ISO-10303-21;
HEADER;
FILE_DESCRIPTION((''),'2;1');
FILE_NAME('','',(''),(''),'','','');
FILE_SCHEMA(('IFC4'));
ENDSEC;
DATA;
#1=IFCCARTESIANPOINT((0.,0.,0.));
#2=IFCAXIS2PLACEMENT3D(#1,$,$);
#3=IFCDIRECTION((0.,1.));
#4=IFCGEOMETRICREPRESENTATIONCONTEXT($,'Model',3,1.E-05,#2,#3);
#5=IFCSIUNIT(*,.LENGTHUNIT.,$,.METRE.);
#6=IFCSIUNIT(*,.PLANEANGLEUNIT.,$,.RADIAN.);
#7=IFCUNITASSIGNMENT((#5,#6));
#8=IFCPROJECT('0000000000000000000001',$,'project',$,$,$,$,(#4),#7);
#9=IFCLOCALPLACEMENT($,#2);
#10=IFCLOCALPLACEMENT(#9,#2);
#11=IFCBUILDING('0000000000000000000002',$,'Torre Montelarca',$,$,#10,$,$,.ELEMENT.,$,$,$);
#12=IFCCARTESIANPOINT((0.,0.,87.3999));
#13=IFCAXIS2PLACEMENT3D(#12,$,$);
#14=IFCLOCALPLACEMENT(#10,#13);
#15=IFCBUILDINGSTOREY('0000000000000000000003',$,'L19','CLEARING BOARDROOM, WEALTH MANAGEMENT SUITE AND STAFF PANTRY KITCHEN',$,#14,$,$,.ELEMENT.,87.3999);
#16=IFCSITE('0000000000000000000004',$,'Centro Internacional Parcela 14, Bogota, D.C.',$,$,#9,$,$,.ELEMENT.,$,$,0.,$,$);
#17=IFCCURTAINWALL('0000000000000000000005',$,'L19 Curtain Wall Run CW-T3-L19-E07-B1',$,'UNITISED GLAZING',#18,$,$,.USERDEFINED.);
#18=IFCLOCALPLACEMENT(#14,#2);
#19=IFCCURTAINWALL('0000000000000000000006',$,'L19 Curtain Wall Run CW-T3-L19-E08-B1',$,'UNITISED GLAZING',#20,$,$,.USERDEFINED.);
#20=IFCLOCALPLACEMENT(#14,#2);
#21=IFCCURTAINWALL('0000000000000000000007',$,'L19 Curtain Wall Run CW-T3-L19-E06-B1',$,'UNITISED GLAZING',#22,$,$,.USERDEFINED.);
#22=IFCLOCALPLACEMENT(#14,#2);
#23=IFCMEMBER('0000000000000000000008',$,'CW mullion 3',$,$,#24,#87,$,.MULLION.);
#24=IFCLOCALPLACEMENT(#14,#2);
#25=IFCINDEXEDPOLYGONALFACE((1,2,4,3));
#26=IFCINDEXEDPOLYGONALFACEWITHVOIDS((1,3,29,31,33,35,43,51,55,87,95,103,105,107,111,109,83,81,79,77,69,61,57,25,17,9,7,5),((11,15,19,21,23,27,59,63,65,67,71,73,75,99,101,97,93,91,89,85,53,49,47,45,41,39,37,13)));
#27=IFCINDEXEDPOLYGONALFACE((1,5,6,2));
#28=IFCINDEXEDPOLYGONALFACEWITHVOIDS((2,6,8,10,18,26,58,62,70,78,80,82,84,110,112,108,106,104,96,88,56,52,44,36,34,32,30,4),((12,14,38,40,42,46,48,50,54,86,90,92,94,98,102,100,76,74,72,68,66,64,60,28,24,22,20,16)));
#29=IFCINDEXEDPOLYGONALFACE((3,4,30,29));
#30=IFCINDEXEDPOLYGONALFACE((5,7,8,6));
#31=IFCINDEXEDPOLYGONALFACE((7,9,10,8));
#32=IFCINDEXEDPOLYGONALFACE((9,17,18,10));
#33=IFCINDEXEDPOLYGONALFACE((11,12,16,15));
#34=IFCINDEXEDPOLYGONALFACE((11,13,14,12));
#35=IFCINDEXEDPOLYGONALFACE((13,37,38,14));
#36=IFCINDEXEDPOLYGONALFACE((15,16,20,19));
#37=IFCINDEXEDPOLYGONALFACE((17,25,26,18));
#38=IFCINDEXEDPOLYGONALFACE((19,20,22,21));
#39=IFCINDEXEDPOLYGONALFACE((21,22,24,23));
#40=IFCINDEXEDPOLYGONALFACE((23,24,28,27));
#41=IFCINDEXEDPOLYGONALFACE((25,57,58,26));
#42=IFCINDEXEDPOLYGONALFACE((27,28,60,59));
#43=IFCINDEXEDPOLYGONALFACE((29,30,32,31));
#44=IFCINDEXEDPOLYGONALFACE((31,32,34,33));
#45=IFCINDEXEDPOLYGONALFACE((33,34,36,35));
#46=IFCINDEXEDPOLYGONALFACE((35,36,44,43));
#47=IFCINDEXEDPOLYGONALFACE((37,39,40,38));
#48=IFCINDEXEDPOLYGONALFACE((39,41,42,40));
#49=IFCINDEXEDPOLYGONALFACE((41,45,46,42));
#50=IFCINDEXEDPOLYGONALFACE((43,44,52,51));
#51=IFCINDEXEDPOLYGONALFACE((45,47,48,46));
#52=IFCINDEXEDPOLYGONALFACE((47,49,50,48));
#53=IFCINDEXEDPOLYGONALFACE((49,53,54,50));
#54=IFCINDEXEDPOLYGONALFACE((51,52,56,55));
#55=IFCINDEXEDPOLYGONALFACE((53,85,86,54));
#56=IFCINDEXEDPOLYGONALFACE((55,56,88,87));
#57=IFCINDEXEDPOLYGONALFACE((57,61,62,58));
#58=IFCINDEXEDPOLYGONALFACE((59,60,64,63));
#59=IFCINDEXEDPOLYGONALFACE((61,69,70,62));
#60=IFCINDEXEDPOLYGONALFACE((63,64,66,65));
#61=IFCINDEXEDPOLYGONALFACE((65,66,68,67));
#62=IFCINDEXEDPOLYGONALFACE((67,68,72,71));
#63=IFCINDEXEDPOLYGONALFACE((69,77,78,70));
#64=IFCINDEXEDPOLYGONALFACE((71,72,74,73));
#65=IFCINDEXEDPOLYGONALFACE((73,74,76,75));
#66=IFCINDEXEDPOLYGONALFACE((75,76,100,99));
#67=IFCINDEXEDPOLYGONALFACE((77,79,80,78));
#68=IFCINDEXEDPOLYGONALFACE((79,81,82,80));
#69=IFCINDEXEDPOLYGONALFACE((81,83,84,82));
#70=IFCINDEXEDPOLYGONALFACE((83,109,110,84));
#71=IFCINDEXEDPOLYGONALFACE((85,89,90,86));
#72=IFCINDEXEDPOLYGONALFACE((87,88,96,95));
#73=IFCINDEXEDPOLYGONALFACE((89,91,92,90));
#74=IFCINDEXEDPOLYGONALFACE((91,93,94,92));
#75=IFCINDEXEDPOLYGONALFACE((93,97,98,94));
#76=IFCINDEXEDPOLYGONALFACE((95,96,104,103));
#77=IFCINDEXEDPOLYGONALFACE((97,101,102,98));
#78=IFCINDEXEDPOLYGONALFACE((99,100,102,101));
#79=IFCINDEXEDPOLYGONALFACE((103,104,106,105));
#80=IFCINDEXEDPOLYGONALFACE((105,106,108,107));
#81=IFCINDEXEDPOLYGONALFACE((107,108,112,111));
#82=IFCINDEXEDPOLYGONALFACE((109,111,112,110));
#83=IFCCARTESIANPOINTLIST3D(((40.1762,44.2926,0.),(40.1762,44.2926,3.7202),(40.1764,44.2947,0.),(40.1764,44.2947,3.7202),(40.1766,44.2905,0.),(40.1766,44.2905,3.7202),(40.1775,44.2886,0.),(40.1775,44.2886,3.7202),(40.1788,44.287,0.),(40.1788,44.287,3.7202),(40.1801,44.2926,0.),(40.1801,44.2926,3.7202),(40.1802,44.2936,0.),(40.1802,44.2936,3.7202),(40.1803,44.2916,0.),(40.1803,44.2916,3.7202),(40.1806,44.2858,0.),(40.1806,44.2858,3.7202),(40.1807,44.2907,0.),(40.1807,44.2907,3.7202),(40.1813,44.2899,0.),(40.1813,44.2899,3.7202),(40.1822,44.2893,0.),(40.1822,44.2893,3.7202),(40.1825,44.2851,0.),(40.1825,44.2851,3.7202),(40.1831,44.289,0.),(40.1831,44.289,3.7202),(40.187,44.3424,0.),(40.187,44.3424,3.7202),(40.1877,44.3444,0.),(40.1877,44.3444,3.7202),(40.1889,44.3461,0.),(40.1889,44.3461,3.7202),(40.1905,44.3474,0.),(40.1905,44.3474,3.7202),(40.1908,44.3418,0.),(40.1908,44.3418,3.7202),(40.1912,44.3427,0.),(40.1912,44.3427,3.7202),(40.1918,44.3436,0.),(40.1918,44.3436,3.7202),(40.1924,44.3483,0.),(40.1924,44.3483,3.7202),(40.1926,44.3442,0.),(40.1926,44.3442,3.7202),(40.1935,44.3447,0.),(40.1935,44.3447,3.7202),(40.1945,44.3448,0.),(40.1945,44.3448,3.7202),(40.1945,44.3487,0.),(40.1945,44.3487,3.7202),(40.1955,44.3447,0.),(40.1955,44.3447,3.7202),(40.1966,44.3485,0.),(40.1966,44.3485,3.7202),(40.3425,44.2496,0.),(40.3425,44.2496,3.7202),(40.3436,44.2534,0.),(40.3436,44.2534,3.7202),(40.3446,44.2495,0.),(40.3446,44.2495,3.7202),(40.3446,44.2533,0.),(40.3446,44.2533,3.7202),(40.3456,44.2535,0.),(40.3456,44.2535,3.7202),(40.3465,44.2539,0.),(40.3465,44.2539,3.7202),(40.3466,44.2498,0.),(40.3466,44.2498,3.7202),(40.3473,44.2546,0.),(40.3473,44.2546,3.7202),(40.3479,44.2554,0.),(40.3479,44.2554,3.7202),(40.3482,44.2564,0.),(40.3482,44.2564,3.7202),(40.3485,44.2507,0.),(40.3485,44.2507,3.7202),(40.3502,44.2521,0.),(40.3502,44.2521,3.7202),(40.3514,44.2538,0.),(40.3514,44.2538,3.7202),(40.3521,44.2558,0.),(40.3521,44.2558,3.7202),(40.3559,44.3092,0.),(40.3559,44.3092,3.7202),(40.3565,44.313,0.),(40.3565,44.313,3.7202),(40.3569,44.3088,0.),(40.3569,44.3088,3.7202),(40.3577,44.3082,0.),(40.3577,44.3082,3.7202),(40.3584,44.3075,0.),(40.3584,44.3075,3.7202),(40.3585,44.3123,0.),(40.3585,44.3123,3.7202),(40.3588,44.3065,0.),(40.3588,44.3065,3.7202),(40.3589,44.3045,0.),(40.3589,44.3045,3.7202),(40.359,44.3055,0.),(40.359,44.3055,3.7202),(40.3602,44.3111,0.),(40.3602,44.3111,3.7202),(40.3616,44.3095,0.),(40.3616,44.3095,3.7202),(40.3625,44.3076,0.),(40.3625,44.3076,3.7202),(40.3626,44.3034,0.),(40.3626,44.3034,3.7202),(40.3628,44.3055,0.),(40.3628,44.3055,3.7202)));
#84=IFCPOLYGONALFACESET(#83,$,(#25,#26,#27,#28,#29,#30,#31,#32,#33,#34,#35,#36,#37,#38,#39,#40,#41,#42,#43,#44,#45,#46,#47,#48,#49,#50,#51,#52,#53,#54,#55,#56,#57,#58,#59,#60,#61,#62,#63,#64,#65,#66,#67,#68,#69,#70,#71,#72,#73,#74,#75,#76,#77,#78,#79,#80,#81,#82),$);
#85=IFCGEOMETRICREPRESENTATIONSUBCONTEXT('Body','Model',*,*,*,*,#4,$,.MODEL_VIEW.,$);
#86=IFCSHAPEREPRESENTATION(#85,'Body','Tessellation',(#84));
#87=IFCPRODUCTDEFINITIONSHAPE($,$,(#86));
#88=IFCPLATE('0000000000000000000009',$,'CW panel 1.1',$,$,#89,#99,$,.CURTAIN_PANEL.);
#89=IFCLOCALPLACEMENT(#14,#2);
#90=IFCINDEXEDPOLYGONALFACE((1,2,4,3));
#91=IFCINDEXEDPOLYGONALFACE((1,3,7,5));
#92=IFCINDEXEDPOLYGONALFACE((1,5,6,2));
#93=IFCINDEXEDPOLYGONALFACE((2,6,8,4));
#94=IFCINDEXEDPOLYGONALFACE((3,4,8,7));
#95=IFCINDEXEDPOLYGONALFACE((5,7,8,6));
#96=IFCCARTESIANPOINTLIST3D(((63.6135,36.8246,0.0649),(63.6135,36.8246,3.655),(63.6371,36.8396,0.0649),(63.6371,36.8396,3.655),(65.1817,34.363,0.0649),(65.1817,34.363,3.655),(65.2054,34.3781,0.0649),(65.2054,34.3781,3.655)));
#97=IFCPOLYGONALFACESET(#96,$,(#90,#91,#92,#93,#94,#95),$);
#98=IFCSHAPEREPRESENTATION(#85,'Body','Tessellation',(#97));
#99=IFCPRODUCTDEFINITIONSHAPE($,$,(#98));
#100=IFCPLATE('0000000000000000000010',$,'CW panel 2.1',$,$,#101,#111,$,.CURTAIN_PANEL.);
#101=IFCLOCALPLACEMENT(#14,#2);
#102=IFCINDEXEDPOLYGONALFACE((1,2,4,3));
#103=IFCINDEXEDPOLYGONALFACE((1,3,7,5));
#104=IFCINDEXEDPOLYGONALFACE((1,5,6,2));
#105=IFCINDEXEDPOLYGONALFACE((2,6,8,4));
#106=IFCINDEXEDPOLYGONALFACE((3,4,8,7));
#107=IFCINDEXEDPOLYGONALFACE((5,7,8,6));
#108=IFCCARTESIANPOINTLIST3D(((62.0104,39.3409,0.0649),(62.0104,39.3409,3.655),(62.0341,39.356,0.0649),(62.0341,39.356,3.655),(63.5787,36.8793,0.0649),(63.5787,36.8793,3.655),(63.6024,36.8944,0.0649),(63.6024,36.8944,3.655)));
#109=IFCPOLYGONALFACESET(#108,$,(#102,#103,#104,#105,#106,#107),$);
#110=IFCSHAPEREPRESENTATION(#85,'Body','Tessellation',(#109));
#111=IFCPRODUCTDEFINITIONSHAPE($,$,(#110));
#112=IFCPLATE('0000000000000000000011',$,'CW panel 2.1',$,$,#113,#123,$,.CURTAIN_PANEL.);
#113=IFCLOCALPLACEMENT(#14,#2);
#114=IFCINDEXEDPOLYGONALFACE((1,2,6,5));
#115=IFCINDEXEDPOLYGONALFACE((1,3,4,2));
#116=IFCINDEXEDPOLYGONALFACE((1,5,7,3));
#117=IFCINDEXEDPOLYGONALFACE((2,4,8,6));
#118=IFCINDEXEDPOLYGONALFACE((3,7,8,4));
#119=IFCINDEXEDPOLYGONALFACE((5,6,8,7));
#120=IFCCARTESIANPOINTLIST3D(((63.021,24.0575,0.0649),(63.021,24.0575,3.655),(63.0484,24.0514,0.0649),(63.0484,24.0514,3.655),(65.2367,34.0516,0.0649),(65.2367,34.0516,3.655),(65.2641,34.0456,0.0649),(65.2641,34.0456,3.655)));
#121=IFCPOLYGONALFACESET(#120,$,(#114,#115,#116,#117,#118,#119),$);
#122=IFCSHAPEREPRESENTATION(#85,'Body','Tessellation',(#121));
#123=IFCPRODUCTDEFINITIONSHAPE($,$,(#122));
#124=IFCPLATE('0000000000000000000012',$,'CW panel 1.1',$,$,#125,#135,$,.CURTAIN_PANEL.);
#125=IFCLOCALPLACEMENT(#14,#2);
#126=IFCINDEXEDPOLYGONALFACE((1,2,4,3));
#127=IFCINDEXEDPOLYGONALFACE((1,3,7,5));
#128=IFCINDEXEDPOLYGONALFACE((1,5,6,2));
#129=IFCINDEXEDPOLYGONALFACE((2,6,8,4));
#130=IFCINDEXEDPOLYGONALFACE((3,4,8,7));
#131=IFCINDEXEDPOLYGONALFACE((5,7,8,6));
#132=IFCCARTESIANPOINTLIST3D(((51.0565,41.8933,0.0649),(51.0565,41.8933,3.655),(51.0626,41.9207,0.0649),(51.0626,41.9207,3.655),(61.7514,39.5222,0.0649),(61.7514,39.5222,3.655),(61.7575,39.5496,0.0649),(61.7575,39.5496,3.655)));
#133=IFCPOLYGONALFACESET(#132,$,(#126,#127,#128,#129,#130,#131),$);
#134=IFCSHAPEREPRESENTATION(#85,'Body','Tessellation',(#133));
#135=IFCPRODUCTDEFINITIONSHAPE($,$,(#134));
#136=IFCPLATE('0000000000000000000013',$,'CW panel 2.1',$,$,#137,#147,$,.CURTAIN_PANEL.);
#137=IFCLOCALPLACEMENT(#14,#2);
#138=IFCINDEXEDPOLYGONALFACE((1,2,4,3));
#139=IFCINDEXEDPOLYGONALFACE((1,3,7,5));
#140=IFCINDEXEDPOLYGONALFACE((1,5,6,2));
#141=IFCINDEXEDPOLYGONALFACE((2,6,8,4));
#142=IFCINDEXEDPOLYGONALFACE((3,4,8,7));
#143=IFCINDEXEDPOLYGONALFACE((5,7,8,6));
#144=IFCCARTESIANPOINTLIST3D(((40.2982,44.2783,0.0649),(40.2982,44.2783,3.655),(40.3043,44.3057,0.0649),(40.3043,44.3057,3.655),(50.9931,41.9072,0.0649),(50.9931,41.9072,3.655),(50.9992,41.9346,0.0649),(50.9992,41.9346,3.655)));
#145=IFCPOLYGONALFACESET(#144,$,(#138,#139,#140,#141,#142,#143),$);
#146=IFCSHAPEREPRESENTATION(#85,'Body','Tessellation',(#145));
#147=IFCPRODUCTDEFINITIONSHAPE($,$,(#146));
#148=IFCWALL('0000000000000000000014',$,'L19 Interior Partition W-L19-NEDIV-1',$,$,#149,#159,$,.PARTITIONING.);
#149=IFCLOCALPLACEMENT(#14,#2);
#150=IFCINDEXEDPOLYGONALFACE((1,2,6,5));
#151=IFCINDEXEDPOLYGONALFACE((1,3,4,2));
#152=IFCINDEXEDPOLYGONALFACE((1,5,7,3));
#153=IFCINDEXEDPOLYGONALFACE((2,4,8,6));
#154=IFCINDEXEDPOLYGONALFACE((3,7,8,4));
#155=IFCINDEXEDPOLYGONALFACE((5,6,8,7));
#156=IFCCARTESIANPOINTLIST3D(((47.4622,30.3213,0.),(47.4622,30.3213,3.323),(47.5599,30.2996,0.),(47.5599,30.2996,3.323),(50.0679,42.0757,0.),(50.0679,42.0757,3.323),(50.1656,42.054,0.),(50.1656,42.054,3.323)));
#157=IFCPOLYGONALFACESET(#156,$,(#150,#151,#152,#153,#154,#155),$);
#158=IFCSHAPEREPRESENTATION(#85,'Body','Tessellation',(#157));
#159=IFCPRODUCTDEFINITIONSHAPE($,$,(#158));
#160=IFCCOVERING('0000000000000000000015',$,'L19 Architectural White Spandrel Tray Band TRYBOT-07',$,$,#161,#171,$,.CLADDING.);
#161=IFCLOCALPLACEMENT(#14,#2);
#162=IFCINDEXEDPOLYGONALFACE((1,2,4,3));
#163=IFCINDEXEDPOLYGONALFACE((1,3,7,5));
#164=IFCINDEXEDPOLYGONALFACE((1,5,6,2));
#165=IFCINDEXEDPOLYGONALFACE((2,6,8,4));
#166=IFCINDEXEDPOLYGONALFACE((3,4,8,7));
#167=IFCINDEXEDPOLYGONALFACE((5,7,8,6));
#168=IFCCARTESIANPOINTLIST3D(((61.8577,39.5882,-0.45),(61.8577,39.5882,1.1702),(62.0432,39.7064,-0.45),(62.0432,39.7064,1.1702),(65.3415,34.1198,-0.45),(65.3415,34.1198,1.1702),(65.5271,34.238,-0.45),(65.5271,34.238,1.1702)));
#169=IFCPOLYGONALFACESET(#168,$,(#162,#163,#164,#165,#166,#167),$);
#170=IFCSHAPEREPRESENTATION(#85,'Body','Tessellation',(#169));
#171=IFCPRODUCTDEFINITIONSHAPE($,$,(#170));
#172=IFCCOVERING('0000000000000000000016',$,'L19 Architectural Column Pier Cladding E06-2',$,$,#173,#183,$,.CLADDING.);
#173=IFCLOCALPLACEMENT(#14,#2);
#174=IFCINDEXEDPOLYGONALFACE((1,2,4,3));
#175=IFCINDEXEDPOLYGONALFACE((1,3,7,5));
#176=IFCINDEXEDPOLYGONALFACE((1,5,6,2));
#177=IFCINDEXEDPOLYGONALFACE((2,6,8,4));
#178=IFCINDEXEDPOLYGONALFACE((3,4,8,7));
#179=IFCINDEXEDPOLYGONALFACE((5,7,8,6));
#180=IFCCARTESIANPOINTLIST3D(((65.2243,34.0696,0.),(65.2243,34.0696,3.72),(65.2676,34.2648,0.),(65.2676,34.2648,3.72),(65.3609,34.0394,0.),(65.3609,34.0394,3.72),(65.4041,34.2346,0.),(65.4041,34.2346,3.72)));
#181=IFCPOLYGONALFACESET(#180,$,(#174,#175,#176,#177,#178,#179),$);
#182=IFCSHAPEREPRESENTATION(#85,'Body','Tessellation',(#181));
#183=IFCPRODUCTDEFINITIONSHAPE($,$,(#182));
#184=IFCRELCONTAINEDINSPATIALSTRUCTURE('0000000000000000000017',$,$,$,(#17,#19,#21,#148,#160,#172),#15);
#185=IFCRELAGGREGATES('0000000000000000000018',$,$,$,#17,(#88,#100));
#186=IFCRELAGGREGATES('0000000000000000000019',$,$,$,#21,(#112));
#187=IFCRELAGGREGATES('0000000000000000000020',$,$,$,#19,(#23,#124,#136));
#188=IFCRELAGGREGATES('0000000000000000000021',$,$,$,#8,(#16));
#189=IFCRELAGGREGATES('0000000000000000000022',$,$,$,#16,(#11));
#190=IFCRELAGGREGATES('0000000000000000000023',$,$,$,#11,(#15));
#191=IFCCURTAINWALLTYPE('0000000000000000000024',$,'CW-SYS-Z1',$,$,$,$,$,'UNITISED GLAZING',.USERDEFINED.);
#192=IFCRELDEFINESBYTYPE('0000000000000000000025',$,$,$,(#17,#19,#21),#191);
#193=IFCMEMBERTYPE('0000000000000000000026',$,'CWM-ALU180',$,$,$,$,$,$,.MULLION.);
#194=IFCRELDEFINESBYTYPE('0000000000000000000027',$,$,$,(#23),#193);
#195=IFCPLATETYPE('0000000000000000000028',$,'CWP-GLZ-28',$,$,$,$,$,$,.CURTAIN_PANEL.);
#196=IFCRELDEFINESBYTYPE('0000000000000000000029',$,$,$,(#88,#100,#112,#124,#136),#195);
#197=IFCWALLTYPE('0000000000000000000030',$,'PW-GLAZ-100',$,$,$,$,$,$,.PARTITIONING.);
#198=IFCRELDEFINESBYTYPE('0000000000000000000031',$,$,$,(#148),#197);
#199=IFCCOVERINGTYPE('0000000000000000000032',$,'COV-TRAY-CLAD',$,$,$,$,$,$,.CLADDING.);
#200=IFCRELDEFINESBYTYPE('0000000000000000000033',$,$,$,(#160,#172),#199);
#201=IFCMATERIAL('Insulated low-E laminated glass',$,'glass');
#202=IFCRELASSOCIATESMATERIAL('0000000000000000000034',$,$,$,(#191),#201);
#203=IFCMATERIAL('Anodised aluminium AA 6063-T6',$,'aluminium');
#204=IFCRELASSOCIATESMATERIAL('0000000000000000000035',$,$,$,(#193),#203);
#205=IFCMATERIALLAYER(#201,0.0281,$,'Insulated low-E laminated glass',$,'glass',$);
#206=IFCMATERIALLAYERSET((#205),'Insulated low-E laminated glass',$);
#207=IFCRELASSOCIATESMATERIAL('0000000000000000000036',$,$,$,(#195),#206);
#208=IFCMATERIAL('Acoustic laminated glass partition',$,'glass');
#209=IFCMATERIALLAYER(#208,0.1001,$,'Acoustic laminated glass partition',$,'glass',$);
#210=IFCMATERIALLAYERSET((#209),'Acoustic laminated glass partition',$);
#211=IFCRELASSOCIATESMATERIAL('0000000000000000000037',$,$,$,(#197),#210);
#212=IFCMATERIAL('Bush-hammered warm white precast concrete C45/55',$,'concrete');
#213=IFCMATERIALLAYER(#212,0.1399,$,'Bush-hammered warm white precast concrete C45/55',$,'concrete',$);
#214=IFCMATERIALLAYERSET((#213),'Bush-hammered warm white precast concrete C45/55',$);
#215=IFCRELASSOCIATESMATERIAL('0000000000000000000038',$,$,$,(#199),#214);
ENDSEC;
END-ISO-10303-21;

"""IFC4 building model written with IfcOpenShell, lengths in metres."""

from ifc_helpers import new_model, si_unit, direction, frame, frame_2d, origin, origin_2d, place, context, subcontext, project, spatial, rectangle, hollow_rectangle, extrude, source, transform, mapped, material, layer, layer_set, material_profile, profile_set, type_object, element, aggregate, save


model = new_model("IFC4")

# Units and contexts
model_context = context("Model", 3, precision=1e-05, world=origin(), true_north=direction((0.0, 1.0)))
body_context = subcontext(model_context, "Body", "Model", "MODEL_VIEW")
ifc_project = project(units=[si_unit("LENGTHUNIT", "METRE"), si_unit("PLANEANGLEUNIT", "RADIAN")], contexts=[model_context])

# Site, building, storey
site_placement = place(None, origin())
site = spatial("IfcSite", under=ifc_project, at=site_placement, Name="Centro Internacional Parcela 14, Bogota, D.C.", CompositionType="ELEMENT", RefElevation=0.0)
building_placement = place(site_placement, origin())
building = spatial("IfcBuilding", under=site, at=building_placement, Name="Torre Montelarca", CompositionType="ELEMENT")
storey_placement = place(building_placement, frame((0.0, 0.0, 87.3999)))
storey = spatial("IfcBuildingStorey", under=building, at=storey_placement, Name="L19", Description="CLEARING BOARDROOM, WEALTH MANAGEMENT SUITE AND STAFF PANTRY KITCHEN", CompositionType="ELEMENT", Elevation=87.3999)

# Curtain walls
ifc_material_1 = material(Name="Insulated low-E laminated glass", Category="glass")
curtain_wall_type = type_object("IfcCurtainWallType", Name="CW-SYS-Z1", ElementType="UNITISED GLAZING", PredefinedType="USERDEFINED", material=ifc_material_1)
curtain_wall_1_placement = place(storey_placement, origin())
curtain_wall_1 = element("IfcCurtainWall", 1, at=curtain_wall_1_placement, inside=storey, type_object=curtain_wall_type, Name="L19 Curtain Wall Run CW-T3-L19-E07-B1", ObjectType="UNITISED GLAZING", PredefinedType="USERDEFINED")
ifc_material_2 = material(Name="Anodised aluminium AA 6063-T6", Category="aluminium")
curtain_wall_2_placement = place(storey_placement, origin())
curtain_wall_2 = element("IfcCurtainWall", 2, at=curtain_wall_2_placement, inside=storey, type_object=curtain_wall_type, Name="L19 Curtain Wall Run CW-T3-L19-E08-B1", ObjectType="UNITISED GLAZING", PredefinedType="USERDEFINED")
curtain_wall_3_placement = place(storey_placement, origin())
curtain_wall_3 = element("IfcCurtainWall", 3, at=curtain_wall_3_placement, inside=storey, type_object=curtain_wall_type, Name="L19 Curtain Wall Run CW-T3-L19-E06-B1", ObjectType="UNITISED GLAZING", PredefinedType="USERDEFINED")
ifc_material_profile_1 = material_profile(ifc_material_2, hollow_rectangle(XDim=0.0649, YDim=0.1799, WallThickness=0.0039, InnerFilletRadius=0.0039, OuterFilletRadius=0.0081, at=origin_2d()), Name="ALU65X180X4", Category="aluminium")
ifc_profile_set_1 = profile_set([ifc_material_profile_1], Name="Anodised aluminium AA 6063-T6")
member_type_1 = type_object("IfcMemberType", Name="CWM-ALU180", PredefinedType="MULLION", material=ifc_profile_set_1)
shared_shape_1 = source(origin(), body_context, "Body", "SweptSolid", [
    extrude(hollow_rectangle(XDim=0.0649, YDim=0.1799, WallThickness=0.0039, InnerFilletRadius=0.0039, OuterFilletRadius=0.0081, at=origin_2d()), origin(), (0.0, 0.0, 1.0), 3.7202),
])

# Member
member_1_placement = place(storey_placement, frame((40.2695, 44.2991, 0.0), z_axis=(0.0, 0.0, 1.0), x_axis=(-0.216443, -0.976295, 0.0)))
member_1 = element("IfcMember", 4, at=member_1_placement, type_object=member_type_1, Name="CW mullion 3", PredefinedType="MULLION", context=body_context, shape_type="MappedRepresentation", body=[
    mapped(shared_shape_1, transform((0.0, 0.0, 0.0), scale=1.0)),
])

# Plates
ifc_layer_1 = layer(ifc_material_1, 0.0281, Name="Insulated low-E laminated glass", Category="glass")
ifc_layer_set_1 = layer_set([ifc_layer_1], Name="Insulated low-E laminated glass")
plate_type = type_object("IfcPlateType", Name="CWP-GLZ-28", PredefinedType="CURTAIN_PANEL", material=ifc_layer_set_1)
shared_shape_2 = source(origin(), body_context, "Body", "SweptSolid", [
    extrude(rectangle(XDim=2.9187, YDim=0.0281, at=origin_2d()), origin(), (0.0, 0.0, 1.0), 3.5901),
])
plate_1_placement = place(storey_placement, frame((64.4094, 35.6013, 0.0649), z_axis=(0.0, 0.0, 1.0), x_axis=(-0.537316, 0.843381, 0.0)))
plate_1 = element("IfcPlate", 5, at=plate_1_placement, type_object=plate_type, Name="CW panel 1.1", PredefinedType="CURTAIN_PANEL", context=body_context, shape_type="MappedRepresentation", body=[
    mapped(shared_shape_2, transform((0.0, 0.0, 0.0), scale=1.0)),
])
plate_2_placement = place(storey_placement, frame((62.8064, 38.1177, 0.0649), z_axis=(0.0, 0.0, 1.0), x_axis=(-0.537316, 0.843381, 0.0)))
plate_2 = element("IfcPlate", 6, at=plate_2_placement, type_object=plate_type, Name="CW panel 2.1", PredefinedType="CURTAIN_PANEL", context=body_context, shape_type="MappedRepresentation", body=[
    mapped(shared_shape_2, transform((0.0, 0.0, 0.0), scale=1.0)),
])
aggregate(curtain_wall_1, [plate_1, plate_2])
shared_shape_3 = source(origin(), body_context, "Body", "SweptSolid", [
    extrude(rectangle(XDim=10.2368, YDim=0.0281, at=origin_2d()), origin(), (0.0, 0.0, 1.0), 3.5901),
])
plate_3_placement = place(storey_placement, frame((64.1426, 29.0515, 0.0649), z_axis=(0.0, 0.0, 1.0), x_axis=(0.216441, 0.976296, 0.0)))
plate_3 = element("IfcPlate", 7, at=plate_3_placement, type_object=plate_type, Name="CW panel 2.1", PredefinedType="CURTAIN_PANEL", context=body_context, shape_type="MappedRepresentation", body=[
    mapped(shared_shape_3, transform((0.0, 0.0, 0.0), scale=1.0)),
])
aggregate(curtain_wall_3, [plate_3])
shared_shape_4 = source(origin(), body_context, "Body", "SweptSolid", [
    extrude(rectangle(XDim=10.9546, YDim=0.0281, at=origin_2d()), origin(), (0.0, 0.0, 1.0), 3.5901),
])
plate_4_placement = place(storey_placement, frame((56.407, 40.7214, 0.0649), z_axis=(0.0, 0.0, 1.0), x_axis=(-0.976295, 0.216443, 0.0)))
plate_4 = element("IfcPlate", 8, at=plate_4_placement, type_object=plate_type, Name="CW panel 1.1", PredefinedType="CURTAIN_PANEL", context=body_context, shape_type="MappedRepresentation", body=[
    mapped(shared_shape_4, transform((0.0, 0.0, 0.0), scale=1.0)),
])
plate_5_placement = place(storey_placement, frame((45.6487, 43.1064, 0.0649), z_axis=(0.0, 0.0, 1.0), x_axis=(-0.976295, 0.216443, 0.0)))
plate_5 = element("IfcPlate", 9, at=plate_5_placement, type_object=plate_type, Name="CW panel 2.1", PredefinedType="CURTAIN_PANEL", context=body_context, shape_type="MappedRepresentation", body=[
    mapped(shared_shape_4, transform((0.0, 0.0, 0.0), scale=1.0)),
])
aggregate(curtain_wall_2, [member_1, plate_4, plate_5])

# Wall
ifc_material_3 = material(Name="Acoustic laminated glass partition", Category="glass")
ifc_layer_2 = layer(ifc_material_3, 0.1001, Name="Acoustic laminated glass partition", Category="glass")
ifc_layer_set_2 = layer_set([ifc_layer_2], Name="Acoustic laminated glass partition")
wall_type = type_object("IfcWallType", Name="PW-GLAZ-100", PredefinedType="PARTITIONING", material=ifc_layer_set_2)
wall_placement = place(storey_placement, frame((47.511, 30.3103, 0.0), z_axis=(0.0, 0.0, 1.0), x_axis=(0.216426, 0.976299, 0.0)))
element("IfcWall", 10, at=wall_placement, inside=storey, type_object=wall_type, Name="L19 Interior Partition W-L19-NEDIV-1", PredefinedType="PARTITIONING", context=body_context, shape_type="SweptSolid", body=[
    extrude(rectangle(XDim=12.0398, YDim=0.1001, at=frame_2d((6.02, 0.0))), origin(), (0.0, 0.0, 1.0), 3.323),
])

# Coverings
ifc_material_4 = material(Name="Bush-hammered warm white precast concrete C45/55", Category="concrete")
ifc_layer_3 = layer(ifc_material_4, 0.1399, Name="Bush-hammered warm white precast concrete C45/55", Category="concrete")
ifc_layer_set_3 = layer_set([ifc_layer_3], Name="Bush-hammered warm white precast concrete C45/55")
covering_type = type_object("IfcCoveringType", Name="COV-TRAY-CLAD", PredefinedType="CLADDING", material=ifc_layer_set_3)
shared_shape_5 = source(origin(), body_context, "Body", "SweptSolid", [
    extrude(rectangle(XDim=6.4839, YDim=0.22, at=origin_2d()), origin(), (0.0, 0.0, 1.0), 1.6201),
])
covering_placement = place(storey_placement, frame((63.6924, 36.9131, -0.45), z_axis=(0.0, 0.0, 1.0), x_axis=(-0.537305, 0.843388, 0.0)))
element("IfcCovering", 11, at=covering_placement, inside=storey, type_object=covering_type, Name="L19 Architectural White Spandrel Tray Band TRYBOT-07", PredefinedType="CLADDING", context=body_context, shape_type="MappedRepresentation", body=[
    mapped(shared_shape_5, transform((0.0, 0.0, 0.0), scale=1.0)),
])
shared_shape_6 = source(origin(), body_context, "Body", "SweptSolid", [
    extrude(rectangle(XDim=0.2, YDim=0.1399, at=origin_2d()), origin(), (0.0, 0.0, 1.0), 3.72),
])
for number, where, z_axis, x_axis, name in (
    (12, (65.3142, 34.1521, 0.0), (0.0, 0.0, 1.0), (0.216438, 0.976296, 0.0), "L19 Architectural Column Pier Cladding E06-2"),
):
    element("IfcCovering", number, at=place(storey_placement, frame(where, z_axis=z_axis, x_axis=x_axis)), inside=storey, type_object=covering_type, Name=name, PredefinedType="CLADDING", context=body_context, shape_type="MappedRepresentation", body=[
        mapped(shared_shape_6, transform((0.0, 0.0, 0.0), scale=1.0)),
    ])

save(model, "model.ifc")
